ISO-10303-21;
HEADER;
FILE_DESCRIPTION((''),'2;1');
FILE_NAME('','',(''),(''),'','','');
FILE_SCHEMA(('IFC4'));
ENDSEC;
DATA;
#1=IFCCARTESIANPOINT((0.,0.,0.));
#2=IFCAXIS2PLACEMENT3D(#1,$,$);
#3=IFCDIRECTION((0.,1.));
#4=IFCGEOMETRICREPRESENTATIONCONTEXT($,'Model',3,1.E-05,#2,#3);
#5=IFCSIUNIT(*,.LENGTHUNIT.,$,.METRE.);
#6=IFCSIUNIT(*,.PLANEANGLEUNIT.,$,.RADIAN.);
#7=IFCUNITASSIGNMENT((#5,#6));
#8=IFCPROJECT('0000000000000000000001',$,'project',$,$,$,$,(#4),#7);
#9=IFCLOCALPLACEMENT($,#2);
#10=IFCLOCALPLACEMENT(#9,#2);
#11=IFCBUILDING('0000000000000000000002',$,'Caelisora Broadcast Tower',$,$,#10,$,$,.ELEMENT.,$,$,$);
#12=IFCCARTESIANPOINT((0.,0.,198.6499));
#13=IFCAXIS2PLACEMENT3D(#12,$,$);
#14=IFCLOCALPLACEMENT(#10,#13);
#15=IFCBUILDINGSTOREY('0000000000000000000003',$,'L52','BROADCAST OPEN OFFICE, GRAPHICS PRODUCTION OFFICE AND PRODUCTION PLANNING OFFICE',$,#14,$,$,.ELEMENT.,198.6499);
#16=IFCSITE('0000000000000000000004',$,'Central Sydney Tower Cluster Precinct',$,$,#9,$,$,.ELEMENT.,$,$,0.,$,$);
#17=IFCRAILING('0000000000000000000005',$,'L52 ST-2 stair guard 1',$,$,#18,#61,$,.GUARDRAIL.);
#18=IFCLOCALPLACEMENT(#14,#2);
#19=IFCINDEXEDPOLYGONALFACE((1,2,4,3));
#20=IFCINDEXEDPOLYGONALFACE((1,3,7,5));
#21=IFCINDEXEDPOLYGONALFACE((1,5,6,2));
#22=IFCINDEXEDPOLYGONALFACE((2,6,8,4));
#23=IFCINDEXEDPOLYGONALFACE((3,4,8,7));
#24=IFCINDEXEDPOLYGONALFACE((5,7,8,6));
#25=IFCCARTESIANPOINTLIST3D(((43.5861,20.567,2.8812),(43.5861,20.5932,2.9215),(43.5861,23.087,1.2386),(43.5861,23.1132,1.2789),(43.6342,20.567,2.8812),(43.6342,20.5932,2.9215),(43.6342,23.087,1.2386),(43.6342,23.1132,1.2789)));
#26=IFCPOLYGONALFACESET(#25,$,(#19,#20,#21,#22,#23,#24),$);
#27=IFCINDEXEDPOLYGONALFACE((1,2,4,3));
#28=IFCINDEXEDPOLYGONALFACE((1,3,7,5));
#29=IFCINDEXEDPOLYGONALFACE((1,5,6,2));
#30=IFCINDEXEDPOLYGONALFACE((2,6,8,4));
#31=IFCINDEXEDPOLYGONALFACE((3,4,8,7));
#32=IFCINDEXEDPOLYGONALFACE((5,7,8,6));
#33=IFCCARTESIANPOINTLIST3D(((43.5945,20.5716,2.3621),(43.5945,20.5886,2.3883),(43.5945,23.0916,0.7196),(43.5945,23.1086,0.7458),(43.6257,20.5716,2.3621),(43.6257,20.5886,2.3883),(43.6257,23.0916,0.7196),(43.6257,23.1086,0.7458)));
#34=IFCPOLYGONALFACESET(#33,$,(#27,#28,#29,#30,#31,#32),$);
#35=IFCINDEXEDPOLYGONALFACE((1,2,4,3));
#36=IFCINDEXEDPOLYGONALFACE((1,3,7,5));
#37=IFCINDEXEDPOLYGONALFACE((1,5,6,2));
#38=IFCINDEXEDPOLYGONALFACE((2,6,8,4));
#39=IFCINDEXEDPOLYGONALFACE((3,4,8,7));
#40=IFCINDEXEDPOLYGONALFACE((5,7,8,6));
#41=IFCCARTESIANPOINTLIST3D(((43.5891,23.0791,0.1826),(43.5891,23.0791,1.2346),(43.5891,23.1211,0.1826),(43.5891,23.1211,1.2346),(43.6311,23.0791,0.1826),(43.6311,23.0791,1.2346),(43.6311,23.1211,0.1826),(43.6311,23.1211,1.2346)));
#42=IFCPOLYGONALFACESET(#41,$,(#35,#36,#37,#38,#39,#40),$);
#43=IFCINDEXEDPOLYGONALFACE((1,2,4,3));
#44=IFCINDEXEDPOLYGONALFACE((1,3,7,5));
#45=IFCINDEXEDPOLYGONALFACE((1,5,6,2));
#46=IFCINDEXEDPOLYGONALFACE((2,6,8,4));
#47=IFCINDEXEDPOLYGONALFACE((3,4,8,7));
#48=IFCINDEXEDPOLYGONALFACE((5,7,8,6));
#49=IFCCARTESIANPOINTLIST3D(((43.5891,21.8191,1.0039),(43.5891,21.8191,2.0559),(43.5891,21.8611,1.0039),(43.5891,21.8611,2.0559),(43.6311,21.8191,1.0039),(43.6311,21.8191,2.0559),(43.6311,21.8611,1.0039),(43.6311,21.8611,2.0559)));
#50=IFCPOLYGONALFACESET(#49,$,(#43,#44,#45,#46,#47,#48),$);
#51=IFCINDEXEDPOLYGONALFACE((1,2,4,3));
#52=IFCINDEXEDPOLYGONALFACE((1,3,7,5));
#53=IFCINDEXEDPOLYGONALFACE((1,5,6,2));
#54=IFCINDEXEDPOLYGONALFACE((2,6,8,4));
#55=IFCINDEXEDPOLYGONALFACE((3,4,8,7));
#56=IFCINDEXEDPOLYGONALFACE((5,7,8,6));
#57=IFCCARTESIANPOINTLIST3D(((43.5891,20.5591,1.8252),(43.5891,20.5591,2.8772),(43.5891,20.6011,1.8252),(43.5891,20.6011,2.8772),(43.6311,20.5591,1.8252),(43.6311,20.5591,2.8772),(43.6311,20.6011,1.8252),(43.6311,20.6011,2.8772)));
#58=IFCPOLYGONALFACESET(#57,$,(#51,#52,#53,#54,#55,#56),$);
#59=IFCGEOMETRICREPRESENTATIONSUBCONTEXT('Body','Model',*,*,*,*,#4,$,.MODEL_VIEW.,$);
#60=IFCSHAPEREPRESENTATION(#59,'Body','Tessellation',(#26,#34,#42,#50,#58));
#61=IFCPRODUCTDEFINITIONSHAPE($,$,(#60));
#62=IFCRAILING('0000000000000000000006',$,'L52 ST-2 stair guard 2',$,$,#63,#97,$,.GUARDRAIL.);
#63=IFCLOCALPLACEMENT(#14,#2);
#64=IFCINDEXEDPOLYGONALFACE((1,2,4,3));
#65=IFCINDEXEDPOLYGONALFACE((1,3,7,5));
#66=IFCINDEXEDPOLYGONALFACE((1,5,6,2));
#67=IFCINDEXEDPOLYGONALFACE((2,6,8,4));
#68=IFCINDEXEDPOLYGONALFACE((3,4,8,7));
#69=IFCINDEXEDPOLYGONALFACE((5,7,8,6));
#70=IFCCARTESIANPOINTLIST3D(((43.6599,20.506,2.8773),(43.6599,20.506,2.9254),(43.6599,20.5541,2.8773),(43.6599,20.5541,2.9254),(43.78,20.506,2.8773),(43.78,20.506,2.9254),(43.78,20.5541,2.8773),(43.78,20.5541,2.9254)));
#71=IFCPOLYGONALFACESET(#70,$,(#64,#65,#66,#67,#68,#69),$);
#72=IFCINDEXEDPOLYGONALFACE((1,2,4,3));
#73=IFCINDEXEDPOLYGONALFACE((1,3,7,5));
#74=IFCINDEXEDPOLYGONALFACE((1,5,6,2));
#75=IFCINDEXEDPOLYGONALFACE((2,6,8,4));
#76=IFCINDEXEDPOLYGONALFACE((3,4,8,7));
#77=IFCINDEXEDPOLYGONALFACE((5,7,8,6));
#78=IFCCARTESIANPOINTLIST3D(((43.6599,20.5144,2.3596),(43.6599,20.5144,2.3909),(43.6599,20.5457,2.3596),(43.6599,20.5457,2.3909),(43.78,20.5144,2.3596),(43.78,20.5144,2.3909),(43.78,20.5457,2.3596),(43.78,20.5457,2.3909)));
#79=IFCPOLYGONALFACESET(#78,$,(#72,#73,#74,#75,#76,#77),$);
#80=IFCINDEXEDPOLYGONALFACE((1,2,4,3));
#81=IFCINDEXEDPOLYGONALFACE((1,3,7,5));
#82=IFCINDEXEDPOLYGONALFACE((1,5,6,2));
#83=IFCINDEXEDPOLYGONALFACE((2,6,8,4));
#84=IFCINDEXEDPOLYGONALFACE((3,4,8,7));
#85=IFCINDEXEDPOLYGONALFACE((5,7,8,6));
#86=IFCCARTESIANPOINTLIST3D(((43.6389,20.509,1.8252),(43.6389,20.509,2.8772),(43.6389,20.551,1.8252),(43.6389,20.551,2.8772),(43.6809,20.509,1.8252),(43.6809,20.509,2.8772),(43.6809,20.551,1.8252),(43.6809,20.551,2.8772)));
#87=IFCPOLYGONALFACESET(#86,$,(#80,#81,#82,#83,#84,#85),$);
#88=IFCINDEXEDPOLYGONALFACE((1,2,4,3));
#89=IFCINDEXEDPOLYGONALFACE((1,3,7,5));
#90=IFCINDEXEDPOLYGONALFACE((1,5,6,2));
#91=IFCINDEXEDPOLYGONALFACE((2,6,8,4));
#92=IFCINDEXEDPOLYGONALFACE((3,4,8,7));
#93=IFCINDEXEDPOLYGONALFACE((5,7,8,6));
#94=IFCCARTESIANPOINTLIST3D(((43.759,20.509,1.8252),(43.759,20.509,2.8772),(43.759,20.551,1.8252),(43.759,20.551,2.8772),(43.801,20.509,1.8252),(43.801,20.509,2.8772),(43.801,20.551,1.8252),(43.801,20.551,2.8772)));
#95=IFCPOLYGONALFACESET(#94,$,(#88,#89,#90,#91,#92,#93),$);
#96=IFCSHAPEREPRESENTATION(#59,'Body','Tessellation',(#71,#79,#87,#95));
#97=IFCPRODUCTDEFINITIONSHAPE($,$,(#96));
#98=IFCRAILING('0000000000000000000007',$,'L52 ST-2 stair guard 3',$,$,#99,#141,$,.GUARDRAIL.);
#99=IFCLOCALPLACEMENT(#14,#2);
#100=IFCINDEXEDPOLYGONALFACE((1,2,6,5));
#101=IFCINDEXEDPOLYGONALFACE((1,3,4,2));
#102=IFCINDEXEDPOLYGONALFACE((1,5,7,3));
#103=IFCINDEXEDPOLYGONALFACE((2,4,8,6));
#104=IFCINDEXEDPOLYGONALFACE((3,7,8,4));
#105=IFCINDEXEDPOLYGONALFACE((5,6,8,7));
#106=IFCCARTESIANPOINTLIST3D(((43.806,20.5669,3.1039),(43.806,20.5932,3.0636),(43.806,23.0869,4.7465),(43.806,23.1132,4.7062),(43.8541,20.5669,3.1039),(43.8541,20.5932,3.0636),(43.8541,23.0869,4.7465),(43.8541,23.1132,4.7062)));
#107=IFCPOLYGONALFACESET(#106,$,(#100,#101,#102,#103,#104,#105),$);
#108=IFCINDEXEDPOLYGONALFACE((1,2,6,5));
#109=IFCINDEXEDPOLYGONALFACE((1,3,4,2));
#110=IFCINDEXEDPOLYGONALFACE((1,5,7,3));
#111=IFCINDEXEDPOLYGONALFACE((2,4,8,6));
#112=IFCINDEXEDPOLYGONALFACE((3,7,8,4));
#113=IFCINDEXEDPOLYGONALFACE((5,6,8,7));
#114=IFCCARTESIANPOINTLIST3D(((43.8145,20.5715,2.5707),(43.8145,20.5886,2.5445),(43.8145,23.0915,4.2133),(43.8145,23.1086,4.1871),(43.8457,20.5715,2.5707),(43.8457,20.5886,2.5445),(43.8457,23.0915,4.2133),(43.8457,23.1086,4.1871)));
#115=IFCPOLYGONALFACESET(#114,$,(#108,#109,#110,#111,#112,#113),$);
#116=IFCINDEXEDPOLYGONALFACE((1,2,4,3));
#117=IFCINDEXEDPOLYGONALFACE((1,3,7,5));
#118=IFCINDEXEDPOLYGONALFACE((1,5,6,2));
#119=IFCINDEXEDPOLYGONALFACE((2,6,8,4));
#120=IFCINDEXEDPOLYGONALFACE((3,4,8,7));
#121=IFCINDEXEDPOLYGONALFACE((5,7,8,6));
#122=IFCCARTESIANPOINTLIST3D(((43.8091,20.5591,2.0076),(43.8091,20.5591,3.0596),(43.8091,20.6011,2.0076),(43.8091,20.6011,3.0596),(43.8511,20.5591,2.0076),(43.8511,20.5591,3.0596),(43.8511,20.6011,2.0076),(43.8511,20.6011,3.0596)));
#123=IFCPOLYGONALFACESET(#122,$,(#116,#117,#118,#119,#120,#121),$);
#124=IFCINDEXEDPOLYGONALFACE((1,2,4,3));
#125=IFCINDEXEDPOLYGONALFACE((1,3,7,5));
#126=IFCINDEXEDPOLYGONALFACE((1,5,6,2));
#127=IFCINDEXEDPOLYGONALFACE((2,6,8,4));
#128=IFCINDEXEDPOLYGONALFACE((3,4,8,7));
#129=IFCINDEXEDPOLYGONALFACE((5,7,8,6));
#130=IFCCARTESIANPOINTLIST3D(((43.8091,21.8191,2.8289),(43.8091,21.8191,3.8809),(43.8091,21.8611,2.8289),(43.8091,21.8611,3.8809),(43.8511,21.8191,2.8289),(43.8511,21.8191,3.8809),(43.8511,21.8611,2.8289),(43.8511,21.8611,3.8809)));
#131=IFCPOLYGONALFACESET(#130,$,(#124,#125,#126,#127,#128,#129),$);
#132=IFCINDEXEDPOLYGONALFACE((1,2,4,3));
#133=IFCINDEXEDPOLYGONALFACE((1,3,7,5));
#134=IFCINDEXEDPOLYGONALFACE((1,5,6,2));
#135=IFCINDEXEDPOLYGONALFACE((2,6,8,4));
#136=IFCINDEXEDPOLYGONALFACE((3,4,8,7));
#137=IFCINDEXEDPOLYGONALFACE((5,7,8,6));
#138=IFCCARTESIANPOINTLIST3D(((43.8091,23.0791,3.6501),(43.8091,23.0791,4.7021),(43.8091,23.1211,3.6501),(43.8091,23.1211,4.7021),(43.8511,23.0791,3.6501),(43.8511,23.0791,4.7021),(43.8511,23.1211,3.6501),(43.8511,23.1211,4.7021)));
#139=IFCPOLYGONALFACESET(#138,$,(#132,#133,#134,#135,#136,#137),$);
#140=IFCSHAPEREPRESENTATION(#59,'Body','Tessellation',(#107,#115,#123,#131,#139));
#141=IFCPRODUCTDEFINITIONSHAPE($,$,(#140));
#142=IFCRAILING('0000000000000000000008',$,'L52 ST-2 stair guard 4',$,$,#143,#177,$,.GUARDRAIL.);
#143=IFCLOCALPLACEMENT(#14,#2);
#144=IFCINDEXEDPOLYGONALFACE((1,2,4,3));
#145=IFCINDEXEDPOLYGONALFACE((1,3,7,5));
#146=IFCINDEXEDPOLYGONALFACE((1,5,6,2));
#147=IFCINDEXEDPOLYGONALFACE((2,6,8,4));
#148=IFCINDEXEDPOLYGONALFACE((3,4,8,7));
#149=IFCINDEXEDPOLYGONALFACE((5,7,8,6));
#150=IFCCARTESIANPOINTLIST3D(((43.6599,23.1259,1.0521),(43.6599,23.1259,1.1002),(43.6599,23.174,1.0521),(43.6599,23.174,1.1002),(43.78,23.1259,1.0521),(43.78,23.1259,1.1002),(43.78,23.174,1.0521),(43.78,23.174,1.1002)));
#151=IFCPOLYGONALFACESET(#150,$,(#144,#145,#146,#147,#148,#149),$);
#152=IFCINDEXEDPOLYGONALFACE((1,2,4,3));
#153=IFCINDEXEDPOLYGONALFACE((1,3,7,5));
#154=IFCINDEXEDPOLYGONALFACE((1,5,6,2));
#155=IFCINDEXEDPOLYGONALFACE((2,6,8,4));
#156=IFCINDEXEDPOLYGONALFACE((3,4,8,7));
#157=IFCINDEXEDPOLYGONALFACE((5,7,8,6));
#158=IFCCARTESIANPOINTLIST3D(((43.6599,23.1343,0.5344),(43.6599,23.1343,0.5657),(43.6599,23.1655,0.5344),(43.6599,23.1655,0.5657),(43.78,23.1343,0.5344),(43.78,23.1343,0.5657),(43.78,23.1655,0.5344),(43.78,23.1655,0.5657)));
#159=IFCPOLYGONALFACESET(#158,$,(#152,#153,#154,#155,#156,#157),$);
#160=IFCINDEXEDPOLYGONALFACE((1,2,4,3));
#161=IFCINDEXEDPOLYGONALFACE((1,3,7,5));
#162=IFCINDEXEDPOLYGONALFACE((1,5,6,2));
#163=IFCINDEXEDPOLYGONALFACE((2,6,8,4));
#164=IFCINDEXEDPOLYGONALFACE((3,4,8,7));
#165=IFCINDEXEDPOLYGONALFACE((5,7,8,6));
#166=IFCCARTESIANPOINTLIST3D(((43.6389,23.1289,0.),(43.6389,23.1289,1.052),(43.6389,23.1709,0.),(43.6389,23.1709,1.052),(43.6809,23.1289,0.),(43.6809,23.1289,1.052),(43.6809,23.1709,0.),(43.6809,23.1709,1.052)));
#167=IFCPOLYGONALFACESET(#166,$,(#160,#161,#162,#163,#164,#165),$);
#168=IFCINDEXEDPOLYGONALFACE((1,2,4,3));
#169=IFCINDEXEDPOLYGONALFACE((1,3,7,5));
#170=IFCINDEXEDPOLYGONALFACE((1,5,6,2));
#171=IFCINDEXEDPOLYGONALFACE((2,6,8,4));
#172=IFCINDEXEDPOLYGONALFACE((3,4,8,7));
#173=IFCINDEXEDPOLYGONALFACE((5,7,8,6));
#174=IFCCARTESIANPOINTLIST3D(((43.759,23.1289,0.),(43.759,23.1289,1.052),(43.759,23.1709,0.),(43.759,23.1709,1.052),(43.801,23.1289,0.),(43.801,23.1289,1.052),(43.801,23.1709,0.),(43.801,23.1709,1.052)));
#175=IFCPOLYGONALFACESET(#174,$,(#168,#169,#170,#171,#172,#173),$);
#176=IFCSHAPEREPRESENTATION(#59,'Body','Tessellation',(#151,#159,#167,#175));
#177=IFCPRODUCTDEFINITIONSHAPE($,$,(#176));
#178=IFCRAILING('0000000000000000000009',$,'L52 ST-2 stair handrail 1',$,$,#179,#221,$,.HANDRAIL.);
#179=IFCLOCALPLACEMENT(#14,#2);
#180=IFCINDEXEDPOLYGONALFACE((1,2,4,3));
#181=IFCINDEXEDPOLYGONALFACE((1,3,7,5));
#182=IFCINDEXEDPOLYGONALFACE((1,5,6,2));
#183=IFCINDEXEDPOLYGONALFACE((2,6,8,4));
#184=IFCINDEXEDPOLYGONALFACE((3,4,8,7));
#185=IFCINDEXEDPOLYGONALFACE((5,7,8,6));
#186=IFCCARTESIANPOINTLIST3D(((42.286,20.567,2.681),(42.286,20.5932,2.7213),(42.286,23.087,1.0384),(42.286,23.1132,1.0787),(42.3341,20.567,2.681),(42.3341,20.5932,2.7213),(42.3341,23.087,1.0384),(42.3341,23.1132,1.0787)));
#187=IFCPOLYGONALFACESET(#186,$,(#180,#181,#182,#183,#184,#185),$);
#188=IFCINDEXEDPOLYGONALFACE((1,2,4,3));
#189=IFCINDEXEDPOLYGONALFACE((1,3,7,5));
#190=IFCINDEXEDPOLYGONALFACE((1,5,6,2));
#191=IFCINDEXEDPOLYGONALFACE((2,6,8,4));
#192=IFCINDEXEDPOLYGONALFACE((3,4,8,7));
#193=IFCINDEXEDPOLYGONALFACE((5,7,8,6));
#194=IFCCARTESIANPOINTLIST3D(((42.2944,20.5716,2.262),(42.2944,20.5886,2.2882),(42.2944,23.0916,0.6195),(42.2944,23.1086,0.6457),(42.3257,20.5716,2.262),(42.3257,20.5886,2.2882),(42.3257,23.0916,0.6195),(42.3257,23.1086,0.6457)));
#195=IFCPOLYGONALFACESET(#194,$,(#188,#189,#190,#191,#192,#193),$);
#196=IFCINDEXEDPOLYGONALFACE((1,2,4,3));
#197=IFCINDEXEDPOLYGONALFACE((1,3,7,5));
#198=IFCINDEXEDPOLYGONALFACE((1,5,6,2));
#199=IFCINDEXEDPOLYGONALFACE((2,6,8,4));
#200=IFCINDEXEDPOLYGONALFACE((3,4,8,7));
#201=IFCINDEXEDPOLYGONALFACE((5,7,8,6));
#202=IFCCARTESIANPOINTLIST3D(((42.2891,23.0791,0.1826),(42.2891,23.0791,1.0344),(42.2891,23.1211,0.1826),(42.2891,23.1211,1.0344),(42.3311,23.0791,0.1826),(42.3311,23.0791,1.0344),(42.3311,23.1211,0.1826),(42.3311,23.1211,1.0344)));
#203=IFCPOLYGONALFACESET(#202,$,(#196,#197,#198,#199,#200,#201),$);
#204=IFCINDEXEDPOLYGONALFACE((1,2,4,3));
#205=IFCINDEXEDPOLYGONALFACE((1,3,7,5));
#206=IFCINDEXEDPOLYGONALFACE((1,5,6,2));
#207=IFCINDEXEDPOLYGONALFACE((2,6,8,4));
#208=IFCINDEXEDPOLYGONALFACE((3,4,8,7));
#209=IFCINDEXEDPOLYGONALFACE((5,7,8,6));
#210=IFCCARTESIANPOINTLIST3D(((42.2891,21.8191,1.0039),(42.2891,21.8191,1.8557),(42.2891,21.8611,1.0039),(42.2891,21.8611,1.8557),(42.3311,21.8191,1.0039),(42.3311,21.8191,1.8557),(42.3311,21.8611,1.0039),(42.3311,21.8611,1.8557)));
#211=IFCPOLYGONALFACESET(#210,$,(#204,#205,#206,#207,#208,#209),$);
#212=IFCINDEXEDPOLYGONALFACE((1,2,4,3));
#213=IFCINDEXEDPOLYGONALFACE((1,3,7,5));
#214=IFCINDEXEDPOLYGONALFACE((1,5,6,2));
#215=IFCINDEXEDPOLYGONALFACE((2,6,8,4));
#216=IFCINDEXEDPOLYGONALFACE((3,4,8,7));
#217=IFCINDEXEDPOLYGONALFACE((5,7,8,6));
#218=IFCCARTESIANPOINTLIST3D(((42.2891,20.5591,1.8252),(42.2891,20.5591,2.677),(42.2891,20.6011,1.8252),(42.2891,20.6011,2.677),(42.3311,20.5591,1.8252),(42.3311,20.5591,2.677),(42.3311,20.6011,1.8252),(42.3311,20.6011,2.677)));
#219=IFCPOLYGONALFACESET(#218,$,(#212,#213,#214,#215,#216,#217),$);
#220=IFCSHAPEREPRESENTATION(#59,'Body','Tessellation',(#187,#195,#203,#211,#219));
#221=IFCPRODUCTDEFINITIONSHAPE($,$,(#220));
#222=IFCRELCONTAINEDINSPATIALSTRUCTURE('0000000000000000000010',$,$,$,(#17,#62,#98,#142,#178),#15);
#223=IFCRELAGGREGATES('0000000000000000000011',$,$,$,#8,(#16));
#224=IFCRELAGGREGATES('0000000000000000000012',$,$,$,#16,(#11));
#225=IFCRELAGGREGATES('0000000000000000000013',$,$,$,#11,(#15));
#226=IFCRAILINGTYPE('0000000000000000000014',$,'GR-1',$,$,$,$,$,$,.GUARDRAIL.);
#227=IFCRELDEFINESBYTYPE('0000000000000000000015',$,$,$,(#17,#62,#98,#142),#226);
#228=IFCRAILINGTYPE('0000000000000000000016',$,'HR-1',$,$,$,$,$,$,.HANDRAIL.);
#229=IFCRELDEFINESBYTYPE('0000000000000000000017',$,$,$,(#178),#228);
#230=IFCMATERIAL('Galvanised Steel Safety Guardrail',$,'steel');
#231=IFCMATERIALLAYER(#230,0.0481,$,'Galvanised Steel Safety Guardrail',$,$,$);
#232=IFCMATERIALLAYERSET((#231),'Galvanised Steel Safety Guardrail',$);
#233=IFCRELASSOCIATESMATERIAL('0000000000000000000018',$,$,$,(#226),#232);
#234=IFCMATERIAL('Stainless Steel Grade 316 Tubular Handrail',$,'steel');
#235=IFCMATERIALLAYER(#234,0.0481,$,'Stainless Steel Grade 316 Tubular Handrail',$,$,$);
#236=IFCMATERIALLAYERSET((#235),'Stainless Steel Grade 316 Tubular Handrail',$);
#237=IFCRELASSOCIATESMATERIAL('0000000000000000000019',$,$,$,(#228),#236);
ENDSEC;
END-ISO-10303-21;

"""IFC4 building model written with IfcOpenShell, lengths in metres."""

from ifc_helpers import new_model, si_unit, direction, frame, origin, origin_2d, place, context, subcontext, project, spatial, rectangle, extrude, material, layer, layer_set, type_object, element, save


model = new_model("IFC4")

# Units and contexts
model_context = context("Model", 3, precision=1e-05, world=origin(), true_north=direction((0.0, 1.0)))
body_context = subcontext(model_context, "Body", "Model", "MODEL_VIEW")
ifc_project = project(units=[si_unit("LENGTHUNIT", "METRE"), si_unit("PLANEANGLEUNIT", "RADIAN")], contexts=[model_context])

# Site, building, storey
site_placement = place(None, origin())
site = spatial("IfcSite", under=ifc_project, at=site_placement, Name="Central Sydney Tower Cluster Precinct", CompositionType="ELEMENT", RefElevation=0.0)
building_placement = place(site_placement, origin())
building = spatial("IfcBuilding", under=site, at=building_placement, Name="Caelisora Broadcast Tower", CompositionType="ELEMENT")
storey_placement = place(building_placement, frame((0.0, 0.0, 198.6499)))
storey = spatial("IfcBuildingStorey", under=building, at=storey_placement, Name="L52", Description="BROADCAST OPEN OFFICE, GRAPHICS PRODUCTION OFFICE AND PRODUCTION PLANNING OFFICE", CompositionType="ELEMENT", Elevation=198.6499)

# Railings
ifc_material_1 = material(Name="Galvanised Steel Safety Guardrail", Category="steel")
ifc_layer_1 = layer(ifc_material_1, 0.0481, Name="Galvanised Steel Safety Guardrail")
ifc_layer_set_1 = layer_set([ifc_layer_1], Name="Galvanised Steel Safety Guardrail")
railing_type_1 = type_object("IfcRailingType", Name="GR-1", PredefinedType="GUARDRAIL", material=ifc_layer_set_1)
railing_1_placement = place(storey_placement, frame((43.6101, 23.1001, 0.1826)))
element("IfcRailing", 1, at=railing_1_placement, inside=storey, type_object=railing_type_1, Name="L52 ST-2 stair guard 1", PredefinedType="GUARDRAIL", context=body_context, shape_type="SweptSolid", body=[
    extrude(rectangle(XDim=0.0481, YDim=0.0481, at=origin_2d()), frame((0.0, 0.0, 1.0762), z_axis=(0.0, -0.837749, 0.546055), x_axis=(1.0, 0.0, 0.0)), (0.0, 0.0, 1.0), 3.0081),
    extrude(rectangle(XDim=0.0312, YDim=0.0312, at=origin_2d()), frame((0.0, 0.0, 0.55), z_axis=(0.0, -0.837749, 0.546055), x_axis=(1.0, 0.0, 0.0)), (0.0, 0.0, 1.0), 3.0081),
    extrude(rectangle(XDim=0.042, YDim=0.042, at=origin_2d()), origin(), (0.0, 0.0, 1.0), 1.052),
    extrude(rectangle(XDim=0.042, YDim=0.042, at=origin_2d()), frame((0.0, -1.26, 0.8213)), (0.0, 0.0, 1.0), 1.052),
    extrude(rectangle(XDim=0.042, YDim=0.042, at=origin_2d()), frame((0.0, -2.52, 1.6426)), (0.0, 0.0, 1.0), 1.052),
])
railing_2_placement = place(storey_placement, frame((43.6599, 20.53, 1.8252)))
element("IfcRailing", 2, at=railing_2_placement, inside=storey, type_object=railing_type_1, Name="L52 ST-2 stair guard 2", PredefinedType="GUARDRAIL", context=body_context, shape_type="SweptSolid", body=[
    extrude(rectangle(XDim=0.0481, YDim=0.0481, at=origin_2d()), frame((0.0, 0.0, 1.0762), z_axis=(1.0, 0.0, 0.0), x_axis=(0.0, 1.0, 0.0)), (0.0, 0.0, 1.0), 0.1201),
    extrude(rectangle(XDim=0.0312, YDim=0.0312, at=origin_2d()), frame((0.0, 0.0, 0.55), z_axis=(1.0, 0.0, 0.0), x_axis=(0.0, 1.0, 0.0)), (0.0, 0.0, 1.0), 0.1201),
    extrude(rectangle(XDim=0.042, YDim=0.042, at=origin_2d()), origin(), (0.0, 0.0, 1.0), 1.052),
    extrude(rectangle(XDim=0.042, YDim=0.042, at=origin_2d()), frame((0.1201, 0.0, 0.0)), (0.0, 0.0, 1.0), 1.052),
])
railing_3_placement = place(storey_placement, frame((43.8301, 20.5801, 2.0076)))
element("IfcRailing", 3, at=railing_3_placement, inside=storey, type_object=railing_type_1, Name="L52 ST-2 stair guard 3", PredefinedType="GUARDRAIL", context=body_context, shape_type="SweptSolid", body=[
    extrude(rectangle(XDim=0.0481, YDim=0.0481, at=origin_2d()), frame((0.0, 0.0, 1.0762), z_axis=(0.0, 0.837749, 0.546055), x_axis=(-1.0, 0.0, 0.0)), (0.0, 0.0, 1.0), 3.0081),
    extrude(rectangle(XDim=0.0312, YDim=0.0312, at=origin_2d()), frame((0.0, 0.0, 0.55), z_axis=(0.0, 0.837749, 0.546055), x_axis=(-1.0, 0.0, 0.0)), (0.0, 0.0, 1.0), 3.0081),
    extrude(rectangle(XDim=0.042, YDim=0.042, at=origin_2d()), origin(), (0.0, 0.0, 1.0), 1.052),
    extrude(rectangle(XDim=0.042, YDim=0.042, at=origin_2d()), frame((0.0, 1.26, 0.8213)), (0.0, 0.0, 1.0), 1.052),
    extrude(rectangle(XDim=0.042, YDim=0.042, at=origin_2d()), frame((0.0, 2.52, 1.6426)), (0.0, 0.0, 1.0), 1.052),
])
railing_4_placement = place(storey_placement, frame((43.6599, 23.1499, 0.0)))
element("IfcRailing", 4, at=railing_4_placement, inside=storey, type_object=railing_type_1, Name="L52 ST-2 stair guard 4", PredefinedType="GUARDRAIL", context=body_context, shape_type="SweptSolid", body=[
    extrude(rectangle(XDim=0.0481, YDim=0.0481, at=origin_2d()), frame((0.0, 0.0, 1.0762), z_axis=(1.0, 0.0, 0.0), x_axis=(0.0, 1.0, 0.0)), (0.0, 0.0, 1.0), 0.1201),
    extrude(rectangle(XDim=0.0312, YDim=0.0312, at=origin_2d()), frame((0.0, 0.0, 0.55), z_axis=(1.0, 0.0, 0.0), x_axis=(0.0, 1.0, 0.0)), (0.0, 0.0, 1.0), 0.1201),
    extrude(rectangle(XDim=0.042, YDim=0.042, at=origin_2d()), origin(), (0.0, 0.0, 1.0), 1.052),
    extrude(rectangle(XDim=0.042, YDim=0.042, at=origin_2d()), frame((0.1201, 0.0, 0.0)), (0.0, 0.0, 1.0), 1.052),
])
ifc_material_2 = material(Name="Stainless Steel Grade 316 Tubular Handrail", Category="steel")
ifc_layer_2 = layer(ifc_material_2, 0.0481, Name="Stainless Steel Grade 316 Tubular Handrail")
ifc_layer_set_2 = layer_set([ifc_layer_2], Name="Stainless Steel Grade 316 Tubular Handrail")
railing_type_2 = type_object("IfcRailingType", Name="HR-1", PredefinedType="HANDRAIL", material=ifc_layer_set_2)
railing_5_placement = place(storey_placement, frame((42.3101, 23.1001, 0.1826)))
element("IfcRailing", 5, at=railing_5_placement, inside=storey, type_object=railing_type_2, Name="L52 ST-2 stair handrail 1", PredefinedType="HANDRAIL", context=body_context, shape_type="SweptSolid", body=[
    extrude(rectangle(XDim=0.0481, YDim=0.0481, at=origin_2d()), frame((0.0, 0.0, 0.876), z_axis=(0.0, -0.837749, 0.546055), x_axis=(1.0, 0.0, 0.0)), (0.0, 0.0, 1.0), 3.0081),
    extrude(rectangle(XDim=0.0312, YDim=0.0312, at=origin_2d()), frame((0.0, 0.0, 0.45), z_axis=(0.0, -0.837749, 0.546055), x_axis=(1.0, 0.0, 0.0)), (0.0, 0.0, 1.0), 3.0081),
    extrude(rectangle(XDim=0.042, YDim=0.042, at=origin_2d()), origin(), (0.0, 0.0, 1.0), 0.8518),
    extrude(rectangle(XDim=0.042, YDim=0.042, at=origin_2d()), frame((0.0, -1.26, 0.8213)), (0.0, 0.0, 1.0), 0.8518),
    extrude(rectangle(XDim=0.042, YDim=0.042, at=origin_2d()), frame((0.0, -2.52, 1.6426)), (0.0, 0.0, 1.0), 0.8518),
])

save(model, "model.ifc")
